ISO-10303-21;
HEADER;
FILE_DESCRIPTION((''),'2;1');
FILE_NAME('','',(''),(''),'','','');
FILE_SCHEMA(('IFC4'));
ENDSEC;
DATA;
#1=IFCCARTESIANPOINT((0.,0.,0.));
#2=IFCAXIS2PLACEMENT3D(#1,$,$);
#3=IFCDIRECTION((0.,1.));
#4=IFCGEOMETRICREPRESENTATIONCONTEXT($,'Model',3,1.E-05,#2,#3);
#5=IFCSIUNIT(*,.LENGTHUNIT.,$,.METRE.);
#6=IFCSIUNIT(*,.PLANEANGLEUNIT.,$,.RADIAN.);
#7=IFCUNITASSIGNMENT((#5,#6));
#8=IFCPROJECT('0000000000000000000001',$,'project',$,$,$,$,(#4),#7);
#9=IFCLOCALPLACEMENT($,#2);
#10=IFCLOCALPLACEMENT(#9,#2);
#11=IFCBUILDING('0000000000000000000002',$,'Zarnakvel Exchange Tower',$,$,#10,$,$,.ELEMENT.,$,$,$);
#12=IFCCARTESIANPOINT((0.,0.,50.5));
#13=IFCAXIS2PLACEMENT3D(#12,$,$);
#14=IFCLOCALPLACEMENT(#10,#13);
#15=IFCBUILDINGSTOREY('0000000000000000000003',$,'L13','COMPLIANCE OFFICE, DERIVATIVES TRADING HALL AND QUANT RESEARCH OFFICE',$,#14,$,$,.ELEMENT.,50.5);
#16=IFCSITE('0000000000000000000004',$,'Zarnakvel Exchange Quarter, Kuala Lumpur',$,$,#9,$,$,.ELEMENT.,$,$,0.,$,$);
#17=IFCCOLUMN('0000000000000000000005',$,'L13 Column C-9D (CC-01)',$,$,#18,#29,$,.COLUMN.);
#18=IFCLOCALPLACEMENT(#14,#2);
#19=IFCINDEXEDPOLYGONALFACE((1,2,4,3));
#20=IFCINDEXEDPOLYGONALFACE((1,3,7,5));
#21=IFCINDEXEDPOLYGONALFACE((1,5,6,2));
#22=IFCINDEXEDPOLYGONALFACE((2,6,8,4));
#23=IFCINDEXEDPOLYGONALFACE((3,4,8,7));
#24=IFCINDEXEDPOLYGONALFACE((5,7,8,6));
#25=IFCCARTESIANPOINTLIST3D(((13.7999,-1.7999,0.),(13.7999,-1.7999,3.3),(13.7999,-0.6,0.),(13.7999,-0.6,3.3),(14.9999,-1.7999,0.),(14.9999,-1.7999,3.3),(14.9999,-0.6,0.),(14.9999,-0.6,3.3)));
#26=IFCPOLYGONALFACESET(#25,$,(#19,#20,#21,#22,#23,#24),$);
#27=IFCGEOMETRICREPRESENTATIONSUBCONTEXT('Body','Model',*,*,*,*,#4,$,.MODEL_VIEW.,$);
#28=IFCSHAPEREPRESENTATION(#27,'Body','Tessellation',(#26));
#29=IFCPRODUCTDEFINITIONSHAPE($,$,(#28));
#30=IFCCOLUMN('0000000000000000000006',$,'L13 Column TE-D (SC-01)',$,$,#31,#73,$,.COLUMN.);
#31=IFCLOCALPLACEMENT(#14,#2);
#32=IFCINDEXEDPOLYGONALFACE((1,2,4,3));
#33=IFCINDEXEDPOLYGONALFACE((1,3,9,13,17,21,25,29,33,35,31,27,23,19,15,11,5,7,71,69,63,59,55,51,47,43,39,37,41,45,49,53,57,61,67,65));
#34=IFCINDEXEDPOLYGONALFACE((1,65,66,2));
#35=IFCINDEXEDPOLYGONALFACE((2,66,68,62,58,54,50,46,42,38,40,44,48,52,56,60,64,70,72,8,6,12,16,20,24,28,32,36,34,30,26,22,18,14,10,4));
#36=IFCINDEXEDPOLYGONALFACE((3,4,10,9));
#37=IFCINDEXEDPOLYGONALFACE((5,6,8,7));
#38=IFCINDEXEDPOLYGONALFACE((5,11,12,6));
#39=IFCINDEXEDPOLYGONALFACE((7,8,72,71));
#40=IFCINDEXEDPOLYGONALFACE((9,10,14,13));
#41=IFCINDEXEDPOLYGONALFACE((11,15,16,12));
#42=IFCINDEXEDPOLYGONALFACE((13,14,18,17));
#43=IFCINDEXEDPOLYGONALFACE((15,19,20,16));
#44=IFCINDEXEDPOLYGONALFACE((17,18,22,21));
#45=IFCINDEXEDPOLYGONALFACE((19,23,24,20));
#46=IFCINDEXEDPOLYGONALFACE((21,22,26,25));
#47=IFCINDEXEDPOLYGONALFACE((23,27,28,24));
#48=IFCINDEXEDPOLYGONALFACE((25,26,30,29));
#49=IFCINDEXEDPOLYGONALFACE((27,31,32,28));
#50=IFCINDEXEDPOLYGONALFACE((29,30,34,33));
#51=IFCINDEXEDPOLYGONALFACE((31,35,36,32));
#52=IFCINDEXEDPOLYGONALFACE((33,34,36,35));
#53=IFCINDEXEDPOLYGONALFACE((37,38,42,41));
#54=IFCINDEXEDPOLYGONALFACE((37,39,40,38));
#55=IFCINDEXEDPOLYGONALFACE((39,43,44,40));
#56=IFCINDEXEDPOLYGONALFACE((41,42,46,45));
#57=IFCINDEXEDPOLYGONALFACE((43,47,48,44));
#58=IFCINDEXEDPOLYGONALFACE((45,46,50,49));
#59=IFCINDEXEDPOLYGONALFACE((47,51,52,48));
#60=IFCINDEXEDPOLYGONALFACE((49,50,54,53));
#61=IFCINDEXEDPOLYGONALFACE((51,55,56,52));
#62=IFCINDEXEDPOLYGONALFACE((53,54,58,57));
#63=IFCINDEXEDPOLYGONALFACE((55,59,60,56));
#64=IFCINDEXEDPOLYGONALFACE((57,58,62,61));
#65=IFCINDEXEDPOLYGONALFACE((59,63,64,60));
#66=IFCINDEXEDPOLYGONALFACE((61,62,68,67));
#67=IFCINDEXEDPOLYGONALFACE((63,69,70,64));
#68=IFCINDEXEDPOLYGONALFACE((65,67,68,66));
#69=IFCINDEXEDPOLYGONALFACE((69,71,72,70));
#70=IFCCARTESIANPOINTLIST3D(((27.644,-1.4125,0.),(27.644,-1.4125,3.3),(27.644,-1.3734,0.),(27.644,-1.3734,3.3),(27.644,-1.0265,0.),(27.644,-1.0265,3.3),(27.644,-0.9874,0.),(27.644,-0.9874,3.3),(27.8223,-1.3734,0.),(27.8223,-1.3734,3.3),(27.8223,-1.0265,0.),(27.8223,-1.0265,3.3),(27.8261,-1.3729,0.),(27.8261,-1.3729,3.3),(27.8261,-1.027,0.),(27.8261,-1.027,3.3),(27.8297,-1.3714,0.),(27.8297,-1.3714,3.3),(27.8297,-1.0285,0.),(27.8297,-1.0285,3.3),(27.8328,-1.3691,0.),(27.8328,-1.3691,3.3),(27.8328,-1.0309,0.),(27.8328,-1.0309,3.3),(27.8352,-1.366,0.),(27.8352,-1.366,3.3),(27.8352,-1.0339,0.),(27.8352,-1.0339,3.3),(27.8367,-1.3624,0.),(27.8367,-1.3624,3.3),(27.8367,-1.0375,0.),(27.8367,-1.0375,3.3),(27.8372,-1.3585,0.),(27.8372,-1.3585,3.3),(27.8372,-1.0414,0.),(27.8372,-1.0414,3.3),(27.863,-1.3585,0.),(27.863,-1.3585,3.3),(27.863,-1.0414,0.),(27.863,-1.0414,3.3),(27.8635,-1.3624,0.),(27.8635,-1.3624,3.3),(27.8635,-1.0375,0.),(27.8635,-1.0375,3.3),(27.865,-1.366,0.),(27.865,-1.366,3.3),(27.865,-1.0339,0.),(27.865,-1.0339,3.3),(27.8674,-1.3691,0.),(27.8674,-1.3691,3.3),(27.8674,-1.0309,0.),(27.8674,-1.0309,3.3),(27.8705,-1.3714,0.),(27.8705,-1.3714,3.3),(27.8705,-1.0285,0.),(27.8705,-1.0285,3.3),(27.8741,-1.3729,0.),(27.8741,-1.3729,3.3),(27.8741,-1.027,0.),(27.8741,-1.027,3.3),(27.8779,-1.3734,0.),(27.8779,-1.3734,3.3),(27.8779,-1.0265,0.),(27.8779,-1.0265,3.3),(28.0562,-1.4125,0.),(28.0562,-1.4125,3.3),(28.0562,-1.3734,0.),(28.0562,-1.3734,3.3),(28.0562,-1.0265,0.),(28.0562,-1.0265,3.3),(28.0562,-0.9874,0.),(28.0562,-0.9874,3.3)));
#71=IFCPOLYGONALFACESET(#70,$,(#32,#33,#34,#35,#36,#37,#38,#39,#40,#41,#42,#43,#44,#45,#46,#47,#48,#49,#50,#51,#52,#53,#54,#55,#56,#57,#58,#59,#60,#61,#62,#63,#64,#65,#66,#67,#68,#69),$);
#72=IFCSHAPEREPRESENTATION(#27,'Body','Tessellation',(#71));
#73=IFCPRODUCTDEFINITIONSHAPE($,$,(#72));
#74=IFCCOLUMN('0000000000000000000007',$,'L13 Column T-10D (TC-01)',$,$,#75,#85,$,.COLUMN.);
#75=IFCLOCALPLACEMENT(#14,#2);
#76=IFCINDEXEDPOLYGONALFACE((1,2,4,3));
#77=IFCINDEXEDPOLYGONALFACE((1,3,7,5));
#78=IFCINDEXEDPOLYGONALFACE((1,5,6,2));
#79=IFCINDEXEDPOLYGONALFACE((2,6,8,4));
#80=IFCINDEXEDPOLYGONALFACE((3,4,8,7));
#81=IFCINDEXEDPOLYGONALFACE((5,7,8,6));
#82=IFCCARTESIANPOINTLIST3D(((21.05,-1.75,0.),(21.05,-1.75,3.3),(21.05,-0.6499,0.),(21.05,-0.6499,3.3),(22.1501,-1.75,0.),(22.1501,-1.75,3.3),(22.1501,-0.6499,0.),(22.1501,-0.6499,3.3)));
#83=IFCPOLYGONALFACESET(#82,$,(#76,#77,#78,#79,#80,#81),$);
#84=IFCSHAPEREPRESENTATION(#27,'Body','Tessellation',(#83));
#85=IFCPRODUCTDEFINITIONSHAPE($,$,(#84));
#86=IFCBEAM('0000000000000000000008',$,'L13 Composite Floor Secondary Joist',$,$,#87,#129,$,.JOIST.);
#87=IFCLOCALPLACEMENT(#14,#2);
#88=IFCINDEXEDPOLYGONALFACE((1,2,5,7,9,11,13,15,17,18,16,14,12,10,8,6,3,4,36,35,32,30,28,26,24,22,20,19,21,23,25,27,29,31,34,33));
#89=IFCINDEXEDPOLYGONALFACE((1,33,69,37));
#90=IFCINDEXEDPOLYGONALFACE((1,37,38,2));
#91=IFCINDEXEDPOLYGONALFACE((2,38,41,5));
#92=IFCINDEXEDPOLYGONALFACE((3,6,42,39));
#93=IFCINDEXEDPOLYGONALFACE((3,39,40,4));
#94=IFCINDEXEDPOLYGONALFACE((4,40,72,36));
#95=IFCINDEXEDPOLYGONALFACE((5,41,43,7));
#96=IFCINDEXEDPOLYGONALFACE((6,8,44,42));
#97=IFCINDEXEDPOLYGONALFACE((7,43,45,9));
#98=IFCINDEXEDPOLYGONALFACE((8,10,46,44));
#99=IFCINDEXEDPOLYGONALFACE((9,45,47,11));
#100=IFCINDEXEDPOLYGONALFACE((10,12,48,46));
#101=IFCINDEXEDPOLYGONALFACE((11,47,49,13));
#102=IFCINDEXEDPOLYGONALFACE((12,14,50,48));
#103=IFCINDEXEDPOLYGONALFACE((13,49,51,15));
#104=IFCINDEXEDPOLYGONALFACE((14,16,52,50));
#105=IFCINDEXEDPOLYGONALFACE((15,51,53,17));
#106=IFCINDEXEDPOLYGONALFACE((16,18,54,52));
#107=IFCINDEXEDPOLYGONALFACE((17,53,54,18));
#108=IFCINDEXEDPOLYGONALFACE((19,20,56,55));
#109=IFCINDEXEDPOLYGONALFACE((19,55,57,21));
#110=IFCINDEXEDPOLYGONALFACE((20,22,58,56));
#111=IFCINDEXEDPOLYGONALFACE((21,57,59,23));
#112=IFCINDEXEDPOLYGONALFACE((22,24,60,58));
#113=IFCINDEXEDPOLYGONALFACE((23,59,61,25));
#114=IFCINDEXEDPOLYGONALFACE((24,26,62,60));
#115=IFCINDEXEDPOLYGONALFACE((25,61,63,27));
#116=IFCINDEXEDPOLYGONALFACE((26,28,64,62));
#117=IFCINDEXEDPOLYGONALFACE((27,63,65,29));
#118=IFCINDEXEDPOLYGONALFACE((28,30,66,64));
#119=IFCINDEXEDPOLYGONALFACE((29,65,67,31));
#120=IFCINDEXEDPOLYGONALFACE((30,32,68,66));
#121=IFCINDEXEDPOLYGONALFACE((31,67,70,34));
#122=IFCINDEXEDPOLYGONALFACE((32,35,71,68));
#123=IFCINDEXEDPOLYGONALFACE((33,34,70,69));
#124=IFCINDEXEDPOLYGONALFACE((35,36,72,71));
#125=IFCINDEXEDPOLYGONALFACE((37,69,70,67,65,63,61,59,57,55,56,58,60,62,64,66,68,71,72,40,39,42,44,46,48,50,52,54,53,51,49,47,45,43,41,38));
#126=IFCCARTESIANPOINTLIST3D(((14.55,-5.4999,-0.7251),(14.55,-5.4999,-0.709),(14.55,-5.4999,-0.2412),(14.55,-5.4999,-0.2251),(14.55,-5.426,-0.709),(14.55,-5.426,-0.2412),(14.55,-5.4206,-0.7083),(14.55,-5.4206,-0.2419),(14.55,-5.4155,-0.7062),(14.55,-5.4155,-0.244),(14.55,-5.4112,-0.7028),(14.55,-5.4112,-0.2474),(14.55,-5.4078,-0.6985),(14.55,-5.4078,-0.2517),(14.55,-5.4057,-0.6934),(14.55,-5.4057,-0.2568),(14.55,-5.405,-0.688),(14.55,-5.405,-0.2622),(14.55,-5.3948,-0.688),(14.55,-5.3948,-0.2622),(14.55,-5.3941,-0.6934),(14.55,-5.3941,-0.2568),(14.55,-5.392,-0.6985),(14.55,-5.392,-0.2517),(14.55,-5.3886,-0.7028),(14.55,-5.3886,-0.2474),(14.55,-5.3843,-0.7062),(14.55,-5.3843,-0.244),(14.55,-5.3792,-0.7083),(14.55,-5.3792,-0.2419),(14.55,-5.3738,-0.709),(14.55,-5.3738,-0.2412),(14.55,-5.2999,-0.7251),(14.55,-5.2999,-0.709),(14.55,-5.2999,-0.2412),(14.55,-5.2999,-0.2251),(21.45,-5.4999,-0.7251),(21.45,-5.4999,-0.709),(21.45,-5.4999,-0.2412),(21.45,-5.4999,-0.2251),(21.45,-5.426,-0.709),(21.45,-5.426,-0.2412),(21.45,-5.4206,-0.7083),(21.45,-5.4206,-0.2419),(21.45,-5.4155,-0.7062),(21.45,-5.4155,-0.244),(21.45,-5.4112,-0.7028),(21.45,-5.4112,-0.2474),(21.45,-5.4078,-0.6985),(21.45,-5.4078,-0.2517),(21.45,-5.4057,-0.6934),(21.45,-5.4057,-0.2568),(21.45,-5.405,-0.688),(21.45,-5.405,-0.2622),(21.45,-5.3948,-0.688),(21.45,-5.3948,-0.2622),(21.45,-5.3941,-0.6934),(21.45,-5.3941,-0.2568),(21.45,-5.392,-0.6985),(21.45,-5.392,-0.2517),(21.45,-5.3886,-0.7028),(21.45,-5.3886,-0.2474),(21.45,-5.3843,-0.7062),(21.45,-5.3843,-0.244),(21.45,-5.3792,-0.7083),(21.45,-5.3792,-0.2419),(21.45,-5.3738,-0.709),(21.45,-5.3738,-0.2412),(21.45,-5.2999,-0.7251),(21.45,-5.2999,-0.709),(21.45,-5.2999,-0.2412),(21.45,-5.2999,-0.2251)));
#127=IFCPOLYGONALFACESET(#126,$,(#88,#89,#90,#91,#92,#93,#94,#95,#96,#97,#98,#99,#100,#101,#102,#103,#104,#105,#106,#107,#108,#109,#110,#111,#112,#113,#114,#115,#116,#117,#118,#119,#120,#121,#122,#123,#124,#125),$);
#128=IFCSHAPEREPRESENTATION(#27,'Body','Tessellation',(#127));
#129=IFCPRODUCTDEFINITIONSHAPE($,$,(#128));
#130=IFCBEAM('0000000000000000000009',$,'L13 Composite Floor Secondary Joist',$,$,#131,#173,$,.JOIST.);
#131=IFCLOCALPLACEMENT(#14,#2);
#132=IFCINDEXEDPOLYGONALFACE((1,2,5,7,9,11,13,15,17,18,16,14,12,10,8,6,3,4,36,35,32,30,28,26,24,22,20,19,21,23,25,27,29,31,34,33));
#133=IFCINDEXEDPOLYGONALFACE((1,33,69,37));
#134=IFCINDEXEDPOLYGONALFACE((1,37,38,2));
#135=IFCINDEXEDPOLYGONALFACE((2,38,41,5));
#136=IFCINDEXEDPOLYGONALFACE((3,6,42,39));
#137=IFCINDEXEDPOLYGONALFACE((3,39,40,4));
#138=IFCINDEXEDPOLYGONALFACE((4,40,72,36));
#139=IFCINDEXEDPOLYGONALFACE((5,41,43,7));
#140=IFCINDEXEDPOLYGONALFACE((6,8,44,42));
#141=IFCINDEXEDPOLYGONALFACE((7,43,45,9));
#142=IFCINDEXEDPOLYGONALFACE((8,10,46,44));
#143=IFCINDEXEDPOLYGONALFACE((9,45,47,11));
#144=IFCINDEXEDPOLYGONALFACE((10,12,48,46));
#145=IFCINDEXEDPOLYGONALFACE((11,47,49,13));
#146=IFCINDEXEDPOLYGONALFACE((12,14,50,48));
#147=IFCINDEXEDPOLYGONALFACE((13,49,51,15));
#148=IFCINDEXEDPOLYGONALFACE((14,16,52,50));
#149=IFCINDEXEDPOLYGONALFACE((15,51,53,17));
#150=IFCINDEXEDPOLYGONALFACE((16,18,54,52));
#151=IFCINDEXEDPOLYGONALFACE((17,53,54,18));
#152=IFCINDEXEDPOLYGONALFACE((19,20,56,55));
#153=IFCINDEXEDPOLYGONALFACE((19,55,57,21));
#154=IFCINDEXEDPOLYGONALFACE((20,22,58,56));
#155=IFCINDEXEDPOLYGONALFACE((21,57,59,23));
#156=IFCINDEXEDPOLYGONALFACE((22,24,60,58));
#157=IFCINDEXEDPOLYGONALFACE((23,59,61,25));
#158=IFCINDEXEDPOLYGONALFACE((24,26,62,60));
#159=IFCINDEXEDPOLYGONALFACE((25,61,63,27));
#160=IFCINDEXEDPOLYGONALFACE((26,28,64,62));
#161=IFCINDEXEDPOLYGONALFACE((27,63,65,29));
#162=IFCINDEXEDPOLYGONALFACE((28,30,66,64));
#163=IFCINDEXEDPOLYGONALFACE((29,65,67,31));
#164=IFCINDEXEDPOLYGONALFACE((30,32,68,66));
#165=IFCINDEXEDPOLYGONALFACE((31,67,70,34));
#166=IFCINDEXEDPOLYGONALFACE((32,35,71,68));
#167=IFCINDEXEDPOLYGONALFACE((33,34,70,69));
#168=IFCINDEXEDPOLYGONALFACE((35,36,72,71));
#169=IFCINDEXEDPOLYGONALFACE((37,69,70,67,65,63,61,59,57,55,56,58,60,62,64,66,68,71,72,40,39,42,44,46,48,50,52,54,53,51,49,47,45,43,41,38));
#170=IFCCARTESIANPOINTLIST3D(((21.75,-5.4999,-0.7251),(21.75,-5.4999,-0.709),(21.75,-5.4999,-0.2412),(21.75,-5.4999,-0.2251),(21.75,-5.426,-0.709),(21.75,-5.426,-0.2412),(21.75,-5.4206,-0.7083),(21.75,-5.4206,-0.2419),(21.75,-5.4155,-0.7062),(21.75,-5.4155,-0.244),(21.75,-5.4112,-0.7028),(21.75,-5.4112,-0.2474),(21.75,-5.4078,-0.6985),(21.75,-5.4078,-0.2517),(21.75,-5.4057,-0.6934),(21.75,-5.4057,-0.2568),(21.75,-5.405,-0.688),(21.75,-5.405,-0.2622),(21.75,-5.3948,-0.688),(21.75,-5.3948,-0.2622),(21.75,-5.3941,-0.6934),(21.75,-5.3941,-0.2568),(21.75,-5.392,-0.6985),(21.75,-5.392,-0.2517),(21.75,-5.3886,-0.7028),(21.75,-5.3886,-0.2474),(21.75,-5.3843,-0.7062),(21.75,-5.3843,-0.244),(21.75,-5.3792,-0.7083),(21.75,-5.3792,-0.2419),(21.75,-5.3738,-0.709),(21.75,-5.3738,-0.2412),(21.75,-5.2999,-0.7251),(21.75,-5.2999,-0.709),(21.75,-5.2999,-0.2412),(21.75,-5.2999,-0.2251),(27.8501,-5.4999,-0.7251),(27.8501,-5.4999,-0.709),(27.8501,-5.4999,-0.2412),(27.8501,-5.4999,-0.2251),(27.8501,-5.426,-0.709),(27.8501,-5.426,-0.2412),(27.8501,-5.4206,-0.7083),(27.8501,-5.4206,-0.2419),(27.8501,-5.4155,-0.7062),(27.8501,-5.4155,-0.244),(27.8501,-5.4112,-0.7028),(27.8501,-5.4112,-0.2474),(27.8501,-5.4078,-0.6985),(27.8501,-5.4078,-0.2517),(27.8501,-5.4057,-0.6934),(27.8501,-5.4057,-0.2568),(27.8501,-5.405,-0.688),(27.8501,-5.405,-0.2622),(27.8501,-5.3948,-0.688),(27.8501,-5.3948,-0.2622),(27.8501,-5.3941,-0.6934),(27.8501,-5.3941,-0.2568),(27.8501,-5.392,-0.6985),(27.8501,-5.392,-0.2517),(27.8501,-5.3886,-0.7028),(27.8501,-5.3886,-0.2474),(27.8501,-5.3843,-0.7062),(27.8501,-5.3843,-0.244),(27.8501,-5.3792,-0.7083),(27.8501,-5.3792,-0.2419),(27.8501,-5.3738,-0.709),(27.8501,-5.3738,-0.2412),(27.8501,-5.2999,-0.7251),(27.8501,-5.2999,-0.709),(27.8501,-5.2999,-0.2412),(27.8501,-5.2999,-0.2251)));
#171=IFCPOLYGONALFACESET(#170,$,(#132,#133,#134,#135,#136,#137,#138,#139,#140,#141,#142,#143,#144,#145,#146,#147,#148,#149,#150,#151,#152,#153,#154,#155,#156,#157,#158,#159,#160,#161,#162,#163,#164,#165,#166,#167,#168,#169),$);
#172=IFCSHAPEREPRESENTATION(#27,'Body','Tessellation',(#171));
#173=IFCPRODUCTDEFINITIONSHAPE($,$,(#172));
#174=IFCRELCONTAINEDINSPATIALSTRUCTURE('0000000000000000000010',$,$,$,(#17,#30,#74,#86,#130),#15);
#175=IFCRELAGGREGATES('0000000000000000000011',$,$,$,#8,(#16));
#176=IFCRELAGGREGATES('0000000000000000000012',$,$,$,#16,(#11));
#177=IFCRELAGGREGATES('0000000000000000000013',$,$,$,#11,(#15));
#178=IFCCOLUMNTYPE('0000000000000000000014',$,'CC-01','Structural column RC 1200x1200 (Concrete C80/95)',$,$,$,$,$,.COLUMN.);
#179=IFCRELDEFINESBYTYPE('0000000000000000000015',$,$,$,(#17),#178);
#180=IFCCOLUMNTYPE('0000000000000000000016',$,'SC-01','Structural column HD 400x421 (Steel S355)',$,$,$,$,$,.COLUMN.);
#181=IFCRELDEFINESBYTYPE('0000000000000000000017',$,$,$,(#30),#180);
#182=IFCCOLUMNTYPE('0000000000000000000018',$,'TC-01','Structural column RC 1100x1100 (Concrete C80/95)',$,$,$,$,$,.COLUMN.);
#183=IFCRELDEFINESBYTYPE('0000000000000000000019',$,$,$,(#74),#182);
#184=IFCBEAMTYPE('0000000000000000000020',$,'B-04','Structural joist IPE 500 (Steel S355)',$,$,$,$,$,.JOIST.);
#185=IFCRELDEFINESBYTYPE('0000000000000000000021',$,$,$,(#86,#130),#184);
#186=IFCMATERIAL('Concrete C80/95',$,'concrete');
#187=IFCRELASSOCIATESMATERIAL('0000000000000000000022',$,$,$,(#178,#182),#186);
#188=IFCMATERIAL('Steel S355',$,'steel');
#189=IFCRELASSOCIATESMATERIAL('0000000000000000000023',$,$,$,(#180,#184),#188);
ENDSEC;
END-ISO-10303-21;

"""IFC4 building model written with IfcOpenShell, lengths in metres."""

from ifc_helpers import new_model, si_unit, direction, frame, origin, origin_2d, place, context, subcontext, project, spatial, rectangle, i_section, extrude, material, material_profile, profile_set, type_object, element, save


model = new_model("IFC4")

# Units and contexts
model_context = context("Model", 3, precision=1e-05, world=origin(), true_north=direction((0.0, 1.0)))
body_context = subcontext(model_context, "Body", "Model", "MODEL_VIEW")
ifc_project = project(units=[si_unit("LENGTHUNIT", "METRE"), si_unit("PLANEANGLEUNIT", "RADIAN")], contexts=[model_context])

# Site, building, storey
site_placement = place(None, origin())
site = spatial("IfcSite", under=ifc_project, at=site_placement, Name="Zarnakvel Exchange Quarter, Kuala Lumpur", CompositionType="ELEMENT", RefElevation=0.0)
building_placement = place(site_placement, origin())
building = spatial("IfcBuilding", under=site, at=building_placement, Name="Zarnakvel Exchange Tower", CompositionType="ELEMENT")
storey_placement = place(building_placement, frame((0.0, 0.0, 50.5)))
storey = spatial("IfcBuildingStorey", under=building, at=storey_placement, Name="L13", Description="COMPLIANCE OFFICE, DERIVATIVES TRADING HALL AND QUANT RESEARCH OFFICE", CompositionType="ELEMENT", Elevation=50.5)

# Columns
ifc_material_1 = material(Name="Concrete C80/95", Category="concrete")
ifc_material_profile_1 = material_profile(ifc_material_1, rectangle(XDim=1.2, YDim=1.2, at=origin_2d()))
ifc_profile_set_1 = profile_set([ifc_material_profile_1], Name="Concrete C80/95")
column_type_1 = type_object("IfcColumnType", Name="CC-01", Description="Structural column RC 1200x1200 (Concrete C80/95)", PredefinedType="COLUMN", material=ifc_profile_set_1)
column_1_placement = place(storey_placement, frame((14.3999, -1.2, 0.0), z_axis=(0.0, 0.0, 1.0), x_axis=(1.0, 0.0, 0.0)))
element("IfcColumn", 1, at=column_1_placement, inside=storey, type_object=column_type_1, Name="L13 Column C-9D (CC-01)", PredefinedType="COLUMN", context=body_context, shape_type="SweptSolid", body=[
    extrude(rectangle(XDim=1.2, YDim=1.2, at=origin_2d()), origin(), (0.0, 0.0, 1.0), 3.3),
])
ifc_material_2 = material(Name="Steel S355", Category="steel")
ifc_material_profile_2 = material_profile(ifc_material_2, i_section(OverallWidth=0.4121, OverallDepth=0.425, WebThickness=0.0259, FlangeThickness=0.0391, FilletRadius=0.0149, at=origin_2d()))
ifc_profile_set_2 = profile_set([ifc_material_profile_2], Name="Steel S355")
column_type_2 = type_object("IfcColumnType", Name="SC-01", Description="Structural column HD 400x421 (Steel S355)", PredefinedType="COLUMN", material=ifc_profile_set_2)
column_2_placement = place(storey_placement, frame((27.8501, -1.2, 0.0), z_axis=(0.0, 0.0, 1.0), x_axis=(1.0, 0.0, 0.0)))
element("IfcColumn", 2, at=column_2_placement, inside=storey, type_object=column_type_2, Name="L13 Column TE-D (SC-01)", PredefinedType="COLUMN", context=body_context, shape_type="SweptSolid", body=[
    extrude(i_section(OverallWidth=0.4121, OverallDepth=0.425, WebThickness=0.0259, FlangeThickness=0.0391, FilletRadius=0.0149, at=origin_2d()), origin(), (0.0, 0.0, 1.0), 3.3),
])
ifc_material_profile_3 = material_profile(ifc_material_1, rectangle(XDim=1.1001, YDim=1.1001, at=origin_2d()))
ifc_profile_set_3 = profile_set([ifc_material_profile_3], Name="Concrete C80/95")
column_type_3 = type_object("IfcColumnType", Name="TC-01", Description="Structural column RC 1100x1100 (Concrete C80/95)", PredefinedType="COLUMN", material=ifc_profile_set_3)
column_3_placement = place(storey_placement, frame((21.6001, -1.2, 0.0), z_axis=(0.0, 0.0, 1.0), x_axis=(1.0, 0.0, 0.0)))
element("IfcColumn", 3, at=column_3_placement, inside=storey, type_object=column_type_3, Name="L13 Column T-10D (TC-01)", PredefinedType="COLUMN", context=body_context, shape_type="SweptSolid", body=[
    extrude(rectangle(XDim=1.1001, YDim=1.1001, at=origin_2d()), origin(), (0.0, 0.0, 1.0), 3.3),
])

# Beams
ifc_material_profile_4 = material_profile(ifc_material_2, i_section(OverallWidth=0.2, OverallDepth=0.5, WebThickness=0.0103, FlangeThickness=0.0161, FilletRadius=0.021, at=origin_2d()))
ifc_profile_set_4 = profile_set([ifc_material_profile_4], Name="Steel S355")
beam_type_1 = type_object("IfcBeamType", Name="B-04", Description="Structural joist IPE 500 (Steel S355)", PredefinedType="JOIST", material=ifc_profile_set_4)
beam_1_placement = place(storey_placement, frame((14.55, -5.3999, -0.4751), z_axis=(1.0, 0.0, 0.0), x_axis=(0.0, 1.0, 0.0)))
element("IfcBeam", 4, at=beam_1_placement, inside=storey, type_object=beam_type_1, Name="L13 Composite Floor Secondary Joist", PredefinedType="JOIST", context=body_context, shape_type="SweptSolid", body=[
    extrude(i_section(OverallWidth=0.2, OverallDepth=0.5, WebThickness=0.0103, FlangeThickness=0.0161, FilletRadius=0.021, at=origin_2d()), origin(), (0.0, 0.0, 1.0), 6.8999),
])
beam_2_placement = place(storey_placement, frame((21.75, -5.3999, -0.4751), z_axis=(1.0, 0.0, 0.0), x_axis=(0.0, 1.0, 0.0)))
element("IfcBeam", 5, at=beam_2_placement, inside=storey, type_object=beam_type_1, Name="L13 Composite Floor Secondary Joist", PredefinedType="JOIST", context=body_context, shape_type="SweptSolid", body=[
    extrude(i_section(OverallWidth=0.2, OverallDepth=0.5, WebThickness=0.0103, FlangeThickness=0.0161, FilletRadius=0.021, at=origin_2d()), origin(), (0.0, 0.0, 1.0), 6.1001),
])

save(model, "model.ifc")
